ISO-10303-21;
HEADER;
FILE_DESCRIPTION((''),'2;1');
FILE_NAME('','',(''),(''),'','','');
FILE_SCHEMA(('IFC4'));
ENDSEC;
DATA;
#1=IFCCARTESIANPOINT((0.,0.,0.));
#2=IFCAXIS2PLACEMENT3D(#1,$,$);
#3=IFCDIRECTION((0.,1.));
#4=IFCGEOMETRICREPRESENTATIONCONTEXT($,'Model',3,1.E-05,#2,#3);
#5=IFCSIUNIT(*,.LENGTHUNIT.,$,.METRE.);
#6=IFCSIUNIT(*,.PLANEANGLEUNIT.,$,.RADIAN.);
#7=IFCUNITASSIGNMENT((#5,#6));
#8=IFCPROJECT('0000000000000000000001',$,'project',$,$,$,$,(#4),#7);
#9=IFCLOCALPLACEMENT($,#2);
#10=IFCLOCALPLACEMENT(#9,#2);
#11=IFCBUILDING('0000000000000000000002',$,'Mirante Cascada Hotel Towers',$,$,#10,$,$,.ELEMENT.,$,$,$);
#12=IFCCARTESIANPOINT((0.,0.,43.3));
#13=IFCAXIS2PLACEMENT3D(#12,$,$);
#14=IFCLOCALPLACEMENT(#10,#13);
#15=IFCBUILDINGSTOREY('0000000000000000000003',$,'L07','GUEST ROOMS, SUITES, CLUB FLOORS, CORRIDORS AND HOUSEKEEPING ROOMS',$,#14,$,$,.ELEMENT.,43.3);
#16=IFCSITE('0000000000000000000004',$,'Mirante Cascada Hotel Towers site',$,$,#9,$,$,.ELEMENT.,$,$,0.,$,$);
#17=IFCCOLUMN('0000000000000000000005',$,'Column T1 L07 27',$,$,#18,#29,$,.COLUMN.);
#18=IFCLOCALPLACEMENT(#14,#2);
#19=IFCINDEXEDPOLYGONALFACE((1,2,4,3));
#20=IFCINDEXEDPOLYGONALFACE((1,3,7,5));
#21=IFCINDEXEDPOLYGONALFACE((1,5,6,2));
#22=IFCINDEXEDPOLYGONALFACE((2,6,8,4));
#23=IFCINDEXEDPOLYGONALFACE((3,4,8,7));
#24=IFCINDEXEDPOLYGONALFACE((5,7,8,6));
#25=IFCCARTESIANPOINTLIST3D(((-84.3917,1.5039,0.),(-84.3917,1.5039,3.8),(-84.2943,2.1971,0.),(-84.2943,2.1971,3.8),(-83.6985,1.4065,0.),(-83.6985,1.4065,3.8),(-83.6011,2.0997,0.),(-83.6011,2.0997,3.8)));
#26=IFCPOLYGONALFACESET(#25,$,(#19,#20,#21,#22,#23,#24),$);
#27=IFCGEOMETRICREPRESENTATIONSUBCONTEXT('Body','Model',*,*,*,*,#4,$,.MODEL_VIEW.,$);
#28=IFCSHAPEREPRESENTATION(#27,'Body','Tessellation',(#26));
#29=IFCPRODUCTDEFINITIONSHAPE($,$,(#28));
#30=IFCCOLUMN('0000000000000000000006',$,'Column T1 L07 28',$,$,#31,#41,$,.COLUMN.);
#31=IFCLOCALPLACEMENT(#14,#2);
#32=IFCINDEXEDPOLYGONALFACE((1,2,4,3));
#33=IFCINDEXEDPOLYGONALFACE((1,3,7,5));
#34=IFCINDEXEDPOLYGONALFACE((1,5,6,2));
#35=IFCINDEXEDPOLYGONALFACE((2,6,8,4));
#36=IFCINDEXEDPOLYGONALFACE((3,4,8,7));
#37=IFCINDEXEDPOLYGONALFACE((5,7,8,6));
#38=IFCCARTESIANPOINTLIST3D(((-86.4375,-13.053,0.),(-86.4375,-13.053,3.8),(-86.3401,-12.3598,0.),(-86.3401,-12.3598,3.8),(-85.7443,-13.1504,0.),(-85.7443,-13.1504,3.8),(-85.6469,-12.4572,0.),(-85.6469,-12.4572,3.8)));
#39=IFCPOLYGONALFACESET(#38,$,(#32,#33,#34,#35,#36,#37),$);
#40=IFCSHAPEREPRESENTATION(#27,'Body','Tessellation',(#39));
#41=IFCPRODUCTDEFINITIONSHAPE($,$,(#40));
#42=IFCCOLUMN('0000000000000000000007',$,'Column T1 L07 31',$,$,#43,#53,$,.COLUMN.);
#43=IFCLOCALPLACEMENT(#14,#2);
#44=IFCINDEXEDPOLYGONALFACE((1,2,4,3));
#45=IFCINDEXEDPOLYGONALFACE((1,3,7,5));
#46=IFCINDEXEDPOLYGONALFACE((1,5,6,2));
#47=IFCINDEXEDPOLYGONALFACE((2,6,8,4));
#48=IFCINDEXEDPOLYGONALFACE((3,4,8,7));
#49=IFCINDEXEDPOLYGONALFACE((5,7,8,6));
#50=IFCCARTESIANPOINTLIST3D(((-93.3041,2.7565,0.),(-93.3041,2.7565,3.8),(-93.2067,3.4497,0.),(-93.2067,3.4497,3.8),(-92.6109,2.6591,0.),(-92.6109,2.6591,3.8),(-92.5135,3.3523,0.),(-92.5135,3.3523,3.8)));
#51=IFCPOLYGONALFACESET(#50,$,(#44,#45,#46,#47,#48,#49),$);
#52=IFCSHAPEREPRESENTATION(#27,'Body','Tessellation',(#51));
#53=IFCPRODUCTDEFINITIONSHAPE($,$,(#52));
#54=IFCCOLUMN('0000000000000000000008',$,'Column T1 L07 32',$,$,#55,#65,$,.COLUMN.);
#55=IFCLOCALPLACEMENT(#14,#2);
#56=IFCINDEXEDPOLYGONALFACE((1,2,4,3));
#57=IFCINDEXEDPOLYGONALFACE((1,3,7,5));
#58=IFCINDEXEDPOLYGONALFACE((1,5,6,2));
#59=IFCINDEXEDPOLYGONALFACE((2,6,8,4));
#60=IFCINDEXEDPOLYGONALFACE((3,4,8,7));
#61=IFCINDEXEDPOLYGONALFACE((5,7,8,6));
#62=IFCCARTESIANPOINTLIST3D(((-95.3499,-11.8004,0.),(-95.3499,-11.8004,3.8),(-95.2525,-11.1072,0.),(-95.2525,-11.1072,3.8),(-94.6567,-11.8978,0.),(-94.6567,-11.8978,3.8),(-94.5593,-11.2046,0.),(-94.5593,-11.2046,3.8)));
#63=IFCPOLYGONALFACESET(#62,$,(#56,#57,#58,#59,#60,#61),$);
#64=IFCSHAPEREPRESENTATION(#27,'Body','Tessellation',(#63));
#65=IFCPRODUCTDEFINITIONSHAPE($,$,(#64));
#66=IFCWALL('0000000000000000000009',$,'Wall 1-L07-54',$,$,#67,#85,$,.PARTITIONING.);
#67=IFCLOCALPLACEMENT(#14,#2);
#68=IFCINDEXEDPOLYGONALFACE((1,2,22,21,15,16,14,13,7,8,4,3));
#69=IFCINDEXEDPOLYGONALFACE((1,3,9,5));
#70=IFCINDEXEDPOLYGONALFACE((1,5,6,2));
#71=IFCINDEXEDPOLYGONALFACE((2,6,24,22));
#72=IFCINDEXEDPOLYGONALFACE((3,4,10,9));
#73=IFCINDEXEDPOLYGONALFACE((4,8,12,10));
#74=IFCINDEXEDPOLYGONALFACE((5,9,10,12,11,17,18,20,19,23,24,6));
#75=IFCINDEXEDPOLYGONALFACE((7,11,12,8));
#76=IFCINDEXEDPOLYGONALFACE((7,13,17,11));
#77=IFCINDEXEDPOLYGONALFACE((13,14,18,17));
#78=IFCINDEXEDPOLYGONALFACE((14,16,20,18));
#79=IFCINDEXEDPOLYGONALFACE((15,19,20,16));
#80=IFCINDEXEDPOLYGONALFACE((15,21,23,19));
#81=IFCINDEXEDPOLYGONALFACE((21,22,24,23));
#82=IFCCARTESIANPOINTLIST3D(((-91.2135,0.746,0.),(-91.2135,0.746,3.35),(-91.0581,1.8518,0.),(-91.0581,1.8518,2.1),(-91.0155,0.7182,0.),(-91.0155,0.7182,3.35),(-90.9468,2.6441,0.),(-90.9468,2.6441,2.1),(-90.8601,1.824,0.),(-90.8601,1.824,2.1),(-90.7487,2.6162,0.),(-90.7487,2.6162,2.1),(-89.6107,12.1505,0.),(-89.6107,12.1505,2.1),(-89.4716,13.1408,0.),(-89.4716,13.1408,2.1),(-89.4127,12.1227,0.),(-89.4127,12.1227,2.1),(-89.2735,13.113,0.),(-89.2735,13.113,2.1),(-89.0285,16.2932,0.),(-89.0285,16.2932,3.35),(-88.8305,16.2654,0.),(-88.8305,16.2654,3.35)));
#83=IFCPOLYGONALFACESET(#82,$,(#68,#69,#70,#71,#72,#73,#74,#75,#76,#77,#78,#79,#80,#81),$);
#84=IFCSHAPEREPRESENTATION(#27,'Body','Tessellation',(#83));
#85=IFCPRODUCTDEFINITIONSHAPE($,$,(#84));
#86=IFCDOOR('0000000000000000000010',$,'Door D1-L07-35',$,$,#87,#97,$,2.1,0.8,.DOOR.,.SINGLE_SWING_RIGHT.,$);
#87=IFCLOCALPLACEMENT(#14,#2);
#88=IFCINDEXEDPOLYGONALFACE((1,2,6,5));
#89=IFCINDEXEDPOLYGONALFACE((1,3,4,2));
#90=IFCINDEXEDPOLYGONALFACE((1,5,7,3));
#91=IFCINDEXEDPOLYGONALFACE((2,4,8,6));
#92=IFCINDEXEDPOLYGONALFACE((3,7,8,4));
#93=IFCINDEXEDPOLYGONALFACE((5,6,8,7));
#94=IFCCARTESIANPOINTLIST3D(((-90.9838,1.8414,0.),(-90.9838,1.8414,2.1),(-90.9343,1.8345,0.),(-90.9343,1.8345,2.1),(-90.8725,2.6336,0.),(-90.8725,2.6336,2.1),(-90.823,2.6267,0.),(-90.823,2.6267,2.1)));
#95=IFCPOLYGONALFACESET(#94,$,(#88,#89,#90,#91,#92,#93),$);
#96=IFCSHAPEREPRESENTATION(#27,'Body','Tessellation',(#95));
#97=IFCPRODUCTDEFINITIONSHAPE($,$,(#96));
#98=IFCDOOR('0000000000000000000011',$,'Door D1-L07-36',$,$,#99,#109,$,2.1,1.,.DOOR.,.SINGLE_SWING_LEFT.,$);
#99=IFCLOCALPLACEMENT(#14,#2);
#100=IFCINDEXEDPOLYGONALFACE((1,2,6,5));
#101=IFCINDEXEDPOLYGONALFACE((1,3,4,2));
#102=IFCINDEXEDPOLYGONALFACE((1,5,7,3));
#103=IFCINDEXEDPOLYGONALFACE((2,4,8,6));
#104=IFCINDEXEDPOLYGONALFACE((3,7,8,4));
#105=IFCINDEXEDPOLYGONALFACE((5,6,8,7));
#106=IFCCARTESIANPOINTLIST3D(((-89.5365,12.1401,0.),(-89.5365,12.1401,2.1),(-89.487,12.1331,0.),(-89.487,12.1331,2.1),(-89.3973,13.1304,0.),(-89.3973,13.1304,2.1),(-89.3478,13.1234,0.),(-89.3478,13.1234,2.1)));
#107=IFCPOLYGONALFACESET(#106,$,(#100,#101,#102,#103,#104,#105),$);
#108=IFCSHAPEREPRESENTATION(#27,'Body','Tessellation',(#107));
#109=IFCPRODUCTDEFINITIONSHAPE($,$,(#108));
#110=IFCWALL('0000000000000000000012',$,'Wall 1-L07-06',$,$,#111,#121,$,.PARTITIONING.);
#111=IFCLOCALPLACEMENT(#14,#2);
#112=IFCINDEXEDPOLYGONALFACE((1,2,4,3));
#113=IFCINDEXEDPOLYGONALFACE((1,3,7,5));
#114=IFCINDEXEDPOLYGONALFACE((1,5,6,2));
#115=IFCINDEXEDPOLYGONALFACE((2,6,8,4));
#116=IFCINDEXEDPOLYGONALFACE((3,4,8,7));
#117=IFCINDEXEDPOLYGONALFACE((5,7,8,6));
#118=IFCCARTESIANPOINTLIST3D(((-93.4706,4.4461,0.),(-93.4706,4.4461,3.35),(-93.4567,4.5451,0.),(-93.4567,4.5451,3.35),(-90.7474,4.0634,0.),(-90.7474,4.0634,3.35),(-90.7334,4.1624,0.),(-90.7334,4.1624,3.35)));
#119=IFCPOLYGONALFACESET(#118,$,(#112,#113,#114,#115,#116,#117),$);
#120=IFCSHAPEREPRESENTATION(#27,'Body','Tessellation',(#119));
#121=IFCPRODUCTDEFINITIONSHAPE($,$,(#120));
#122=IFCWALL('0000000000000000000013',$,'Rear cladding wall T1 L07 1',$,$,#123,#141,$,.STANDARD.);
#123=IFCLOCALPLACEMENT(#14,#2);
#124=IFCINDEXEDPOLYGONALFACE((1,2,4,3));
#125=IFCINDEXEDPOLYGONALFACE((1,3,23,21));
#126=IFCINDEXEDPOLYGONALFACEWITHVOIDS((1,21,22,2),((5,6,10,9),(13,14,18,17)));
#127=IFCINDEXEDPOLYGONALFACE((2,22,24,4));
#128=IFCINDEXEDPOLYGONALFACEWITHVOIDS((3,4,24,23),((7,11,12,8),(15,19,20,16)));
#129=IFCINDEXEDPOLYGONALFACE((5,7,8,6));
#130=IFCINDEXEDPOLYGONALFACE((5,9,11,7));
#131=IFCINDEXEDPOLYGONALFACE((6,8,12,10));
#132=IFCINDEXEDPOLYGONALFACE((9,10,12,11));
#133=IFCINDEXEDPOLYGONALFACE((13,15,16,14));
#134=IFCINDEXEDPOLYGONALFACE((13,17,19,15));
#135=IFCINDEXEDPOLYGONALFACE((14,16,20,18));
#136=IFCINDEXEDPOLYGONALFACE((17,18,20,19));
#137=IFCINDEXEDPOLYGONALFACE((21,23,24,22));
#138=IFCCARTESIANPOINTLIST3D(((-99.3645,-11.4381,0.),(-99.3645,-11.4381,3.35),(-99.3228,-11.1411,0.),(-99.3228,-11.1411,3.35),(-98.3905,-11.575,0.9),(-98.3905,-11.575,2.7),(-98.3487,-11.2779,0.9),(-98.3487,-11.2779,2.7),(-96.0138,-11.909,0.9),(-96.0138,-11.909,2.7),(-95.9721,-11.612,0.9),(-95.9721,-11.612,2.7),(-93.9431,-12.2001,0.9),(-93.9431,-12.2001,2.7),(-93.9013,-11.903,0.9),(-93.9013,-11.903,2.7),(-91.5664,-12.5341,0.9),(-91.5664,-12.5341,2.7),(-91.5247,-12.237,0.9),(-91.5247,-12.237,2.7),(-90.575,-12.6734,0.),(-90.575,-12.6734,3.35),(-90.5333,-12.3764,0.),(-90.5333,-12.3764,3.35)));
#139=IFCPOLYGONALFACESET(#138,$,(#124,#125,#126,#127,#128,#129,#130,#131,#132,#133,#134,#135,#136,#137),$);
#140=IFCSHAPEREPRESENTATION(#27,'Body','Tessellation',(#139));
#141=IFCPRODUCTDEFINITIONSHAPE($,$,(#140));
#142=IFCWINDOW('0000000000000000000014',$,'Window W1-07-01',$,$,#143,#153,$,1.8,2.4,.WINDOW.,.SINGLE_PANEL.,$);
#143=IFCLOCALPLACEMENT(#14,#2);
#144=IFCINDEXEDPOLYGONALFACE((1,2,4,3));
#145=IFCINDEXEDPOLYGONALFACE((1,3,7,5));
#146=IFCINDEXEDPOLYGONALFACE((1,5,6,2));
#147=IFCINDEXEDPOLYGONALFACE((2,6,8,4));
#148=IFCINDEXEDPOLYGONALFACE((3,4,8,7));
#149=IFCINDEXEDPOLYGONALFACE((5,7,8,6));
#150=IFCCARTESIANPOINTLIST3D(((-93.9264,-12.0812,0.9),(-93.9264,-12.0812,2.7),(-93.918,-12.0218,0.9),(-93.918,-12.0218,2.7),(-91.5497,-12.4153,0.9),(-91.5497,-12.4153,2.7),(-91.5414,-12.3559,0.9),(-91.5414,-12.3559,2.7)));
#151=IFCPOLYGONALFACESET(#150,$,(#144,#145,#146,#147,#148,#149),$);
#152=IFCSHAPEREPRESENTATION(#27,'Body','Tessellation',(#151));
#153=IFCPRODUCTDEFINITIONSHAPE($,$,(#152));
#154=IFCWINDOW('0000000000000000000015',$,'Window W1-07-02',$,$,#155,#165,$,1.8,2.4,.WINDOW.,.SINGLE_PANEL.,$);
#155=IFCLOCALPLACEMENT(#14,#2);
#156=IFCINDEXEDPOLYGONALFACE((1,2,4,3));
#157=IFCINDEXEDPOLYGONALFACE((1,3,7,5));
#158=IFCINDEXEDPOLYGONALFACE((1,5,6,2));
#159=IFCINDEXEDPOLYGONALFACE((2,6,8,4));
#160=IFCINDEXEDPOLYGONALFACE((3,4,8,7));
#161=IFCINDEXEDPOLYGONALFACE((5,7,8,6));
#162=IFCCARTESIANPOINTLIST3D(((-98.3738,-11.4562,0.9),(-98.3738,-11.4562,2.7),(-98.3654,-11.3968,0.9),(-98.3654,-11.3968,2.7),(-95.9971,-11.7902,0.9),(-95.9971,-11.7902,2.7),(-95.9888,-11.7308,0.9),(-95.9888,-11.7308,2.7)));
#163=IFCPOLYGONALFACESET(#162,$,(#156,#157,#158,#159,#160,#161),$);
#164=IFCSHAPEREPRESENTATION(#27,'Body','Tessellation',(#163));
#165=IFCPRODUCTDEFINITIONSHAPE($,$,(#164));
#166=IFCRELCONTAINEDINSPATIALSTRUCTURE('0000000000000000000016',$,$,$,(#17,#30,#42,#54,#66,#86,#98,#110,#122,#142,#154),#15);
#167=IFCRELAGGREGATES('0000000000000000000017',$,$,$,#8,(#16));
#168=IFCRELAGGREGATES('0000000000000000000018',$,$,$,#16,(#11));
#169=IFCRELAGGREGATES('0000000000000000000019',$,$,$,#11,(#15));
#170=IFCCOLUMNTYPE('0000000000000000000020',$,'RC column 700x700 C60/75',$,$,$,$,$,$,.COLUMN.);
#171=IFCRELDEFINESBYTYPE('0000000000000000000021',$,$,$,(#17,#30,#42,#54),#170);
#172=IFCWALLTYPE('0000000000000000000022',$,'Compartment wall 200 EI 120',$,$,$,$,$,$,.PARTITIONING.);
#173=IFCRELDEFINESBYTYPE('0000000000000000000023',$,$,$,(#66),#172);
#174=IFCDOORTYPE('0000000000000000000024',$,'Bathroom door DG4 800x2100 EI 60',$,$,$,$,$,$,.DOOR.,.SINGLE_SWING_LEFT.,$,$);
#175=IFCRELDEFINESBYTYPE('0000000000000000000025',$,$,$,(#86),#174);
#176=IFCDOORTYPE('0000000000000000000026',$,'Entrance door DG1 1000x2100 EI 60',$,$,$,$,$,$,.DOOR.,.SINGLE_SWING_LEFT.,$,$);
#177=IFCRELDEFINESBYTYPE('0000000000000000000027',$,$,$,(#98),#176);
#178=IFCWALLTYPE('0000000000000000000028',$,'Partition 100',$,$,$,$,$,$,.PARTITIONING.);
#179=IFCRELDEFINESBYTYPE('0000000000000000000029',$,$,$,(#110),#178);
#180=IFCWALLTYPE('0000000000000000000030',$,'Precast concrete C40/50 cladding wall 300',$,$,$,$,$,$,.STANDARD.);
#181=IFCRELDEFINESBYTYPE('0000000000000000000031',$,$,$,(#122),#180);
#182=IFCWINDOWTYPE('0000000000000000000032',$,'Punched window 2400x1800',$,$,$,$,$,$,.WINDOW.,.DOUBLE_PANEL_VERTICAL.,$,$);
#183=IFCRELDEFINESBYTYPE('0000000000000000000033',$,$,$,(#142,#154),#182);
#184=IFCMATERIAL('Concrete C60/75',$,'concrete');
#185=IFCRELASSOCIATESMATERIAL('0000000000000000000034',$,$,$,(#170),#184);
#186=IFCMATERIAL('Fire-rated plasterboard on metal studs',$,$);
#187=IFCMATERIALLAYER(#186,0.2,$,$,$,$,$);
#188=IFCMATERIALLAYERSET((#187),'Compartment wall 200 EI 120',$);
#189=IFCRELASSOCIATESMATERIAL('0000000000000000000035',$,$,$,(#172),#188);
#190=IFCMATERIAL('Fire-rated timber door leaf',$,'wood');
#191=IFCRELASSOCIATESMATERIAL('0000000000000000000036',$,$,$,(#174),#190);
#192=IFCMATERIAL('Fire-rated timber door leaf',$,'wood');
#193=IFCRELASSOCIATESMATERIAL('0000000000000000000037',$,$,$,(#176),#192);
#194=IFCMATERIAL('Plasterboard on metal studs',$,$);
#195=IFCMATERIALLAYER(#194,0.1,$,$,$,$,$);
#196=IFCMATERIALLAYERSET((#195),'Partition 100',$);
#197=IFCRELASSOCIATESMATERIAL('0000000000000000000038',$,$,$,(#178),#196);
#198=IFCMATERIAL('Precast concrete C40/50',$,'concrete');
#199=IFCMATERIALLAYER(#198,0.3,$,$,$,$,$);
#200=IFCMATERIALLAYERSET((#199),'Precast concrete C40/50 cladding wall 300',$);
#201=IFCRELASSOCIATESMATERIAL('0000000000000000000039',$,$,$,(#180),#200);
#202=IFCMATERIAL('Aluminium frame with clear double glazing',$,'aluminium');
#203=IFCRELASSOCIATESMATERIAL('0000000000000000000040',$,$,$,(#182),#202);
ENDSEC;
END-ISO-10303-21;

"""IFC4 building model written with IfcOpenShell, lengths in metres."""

from ifc_helpers import new_model, si_unit, direction, frame, frame_2d, origin, origin_2d, place, context, subcontext, project, spatial, rectangle, extrude, material, layer, layer_set, material_profile, profile_set, type_object, element, fill, save


model = new_model("IFC4")

# Units and contexts
model_context = context("Model", 3, precision=1e-05, world=origin(), true_north=direction((0.0, 1.0)))
body_context = subcontext(model_context, "Body", "Model", "MODEL_VIEW")
ifc_project = project(units=[si_unit("LENGTHUNIT", "METRE"), si_unit("PLANEANGLEUNIT", "RADIAN")], contexts=[model_context])

# Site, building, storey
site_placement = place(None, origin())
site = spatial("IfcSite", under=ifc_project, at=site_placement, Name="Mirante Cascada Hotel Towers site", CompositionType="ELEMENT", RefElevation=0.0)
building_placement = place(site_placement, origin())
building = spatial("IfcBuilding", under=site, at=building_placement, Name="Mirante Cascada Hotel Towers", CompositionType="ELEMENT")
storey_placement = place(building_placement, frame((0.0, 0.0, 43.3)))
storey = spatial("IfcBuildingStorey", under=building, at=storey_placement, Name="L07", Description="GUEST ROOMS, SUITES, CLUB FLOORS, CORRIDORS AND HOUSEKEEPING ROOMS", CompositionType="ELEMENT", Elevation=43.3)

# Columns
ifc_material_1 = material(Name="Concrete C60/75", Category="concrete")
ifc_material_profile = material_profile(ifc_material_1, rectangle(XDim=0.7, YDim=0.7, at=origin_2d()), Name="RC column 700x700 C60/75")
ifc_profile_set = profile_set([ifc_material_profile], Name="Concrete C60/75")
column_type = type_object("IfcColumnType", Name="RC column 700x700 C60/75", PredefinedType="COLUMN", material=ifc_profile_set)
for number, where, z_axis, x_axis, name in (
    (1, (-83.9964, 1.8018, 0.0), (0.0, 0.0, 1.0), (-0.990268, 0.139173, 0.0), "Column T1 L07 27"),
    (2, (-86.0422, -12.7551, 0.0), (0.0, 0.0, 1.0), (-0.990268, 0.139173, 0.0), "Column T1 L07 28"),
    (3, (-92.9088, 3.0544, 0.0), (0.0, 0.0, 1.0), (-0.990268, 0.139173, 0.0), "Column T1 L07 31"),
    (4, (-94.9546, -11.5025, 0.0), (0.0, 0.0, 1.0), (-0.990268, 0.139173, 0.0), "Column T1 L07 32"),
):
    element("IfcColumn", number, at=place(storey_placement, frame(where, z_axis=z_axis, x_axis=x_axis)), inside=storey, type_object=column_type, Name=name, PredefinedType="COLUMN", context=body_context, shape_type="SweptSolid", body=[
        extrude(rectangle(XDim=0.7, YDim=0.7, at=origin_2d()), origin(), (0.0, 0.0, 1.0), 3.8),
    ])

# Wall, openings, doors
ifc_material_2 = material(Name="Fire-rated plasterboard on metal studs")
ifc_layer_1 = layer(ifc_material_2, 0.2)
ifc_layer_set_1 = layer_set([ifc_layer_1], Name="Compartment wall 200 EI 120")
wall_type_1 = type_object("IfcWallType", Name="Compartment wall 200 EI 120", PredefinedType="PARTITIONING", material=ifc_layer_set_1)
wall_1_placement = place(storey_placement, frame((-91.1145, 0.7321, 0.0), z_axis=(0.0, 0.0, 1.0), x_axis=(0.139172, 0.990268, 0.0)))
wall_1 = element("IfcWall", 5, at=wall_1_placement, inside=storey, type_object=wall_type_1, Name="Wall 1-L07-54", PredefinedType="PARTITIONING", context=body_context, shape_type="SweptSolid", body=[
    extrude(rectangle(XDim=15.7, YDim=0.2, at=frame_2d((7.85, 0.0))), origin(), (0.0, 0.0, 1.0), 3.35),
])
opening_1_placement = place(wall_1_placement, frame((1.1167, 0.0, 0.0)))
opening_1 = element("IfcOpeningElement", 6, at=opening_1_placement, cuts=wall_1, PredefinedType="OPENING", context=body_context, shape_type="SweptSolid", body=[
    extrude(rectangle(XDim=0.8, YDim=2.1, at=frame_2d((0.4, 1.05))), frame((0.0, 0.1, 0.0), z_axis=(0.0, -1.0, 0.0), x_axis=(1.0, 0.0, 0.0)), (0.0, 0.0, 1.0), 0.2),
])
opening_2_placement = place(wall_1_placement, frame((11.5166, 0.0, 0.0)))
opening_2 = element("IfcOpeningElement", 7, at=opening_2_placement, cuts=wall_1, PredefinedType="OPENING", context=body_context, shape_type="SweptSolid", body=[
    extrude(rectangle(XDim=1.0, YDim=2.1, at=frame_2d((0.5, 1.05))), frame((0.0, 0.1, 0.0), z_axis=(0.0, -1.0, 0.0), x_axis=(1.0, 0.0, 0.0)), (0.0, 0.0, 1.0), 0.2),
])
ifc_material_3 = material(Name="Fire-rated timber door leaf", Category="wood")
door_type_1 = type_object("IfcDoorType", Name="Bathroom door DG4 800x2100 EI 60", OperationType="SINGLE_SWING_LEFT", PredefinedType="DOOR", material=ifc_material_3)
door_1_placement = place(opening_1_placement, frame((0.8, 0.0, 0.0), z_axis=(0.0, 0.0, 1.0), x_axis=(-1.0, 0.0, 0.0)))
door_1 = element("IfcDoor", 8, at=door_1_placement, inside=storey, type_object=door_type_1, Name="Door D1-L07-35", OperationType="SINGLE_SWING_RIGHT", OverallHeight=2.1, OverallWidth=0.8, PredefinedType="DOOR", context=body_context, shape_type="SweptSolid", body=[
    extrude(rectangle(XDim=0.8, YDim=2.1, at=frame_2d((0.4, 1.05))), frame((0.0, 0.025, 0.0), z_axis=(0.0, -1.0, 0.0), x_axis=(1.0, 0.0, 0.0)), (0.0, 0.0, 1.0), 0.05),
])
fill(opening_1, door_1)
ifc_material_4 = material(Name="Fire-rated timber door leaf", Category="wood")
door_type_2 = type_object("IfcDoorType", Name="Entrance door DG1 1000x2100 EI 60", OperationType="SINGLE_SWING_LEFT", PredefinedType="DOOR", material=ifc_material_4)
door_2_placement = place(opening_2_placement, origin())
door_2 = element("IfcDoor", 9, at=door_2_placement, inside=storey, type_object=door_type_2, Name="Door D1-L07-36", OperationType="SINGLE_SWING_LEFT", OverallHeight=2.1, OverallWidth=1.0, PredefinedType="DOOR", context=body_context, shape_type="SweptSolid", body=[
    extrude(rectangle(XDim=1.0, YDim=2.1, at=frame_2d((0.5, 1.05))), frame((0.0, 0.025, 0.0), z_axis=(0.0, -1.0, 0.0), x_axis=(1.0, 0.0, 0.0)), (0.0, 0.0, 1.0), 0.05),
])
fill(opening_2, door_2)

# Wall
ifc_material_5 = material(Name="Plasterboard on metal studs")
ifc_layer_2 = layer(ifc_material_5, 0.1)
ifc_layer_set_2 = layer_set([ifc_layer_2], Name="Partition 100")
wall_type_2 = type_object("IfcWallType", Name="Partition 100", PredefinedType="PARTITIONING", material=ifc_layer_set_2)
wall_2_placement = place(storey_placement, frame((-90.7404, 4.1129, 0.0), z_axis=(0.0, 0.0, 1.0), x_axis=(-0.990269, 0.139166, 0.0)))
element("IfcWall", 10, at=wall_2_placement, inside=storey, type_object=wall_type_2, Name="Wall 1-L07-06", PredefinedType="PARTITIONING", context=body_context, shape_type="SweptSolid", body=[
    extrude(rectangle(XDim=2.75, YDim=0.1, at=frame_2d((1.375, 0.0))), origin(), (0.0, 0.0, 1.0), 3.35),
])

# Wall, openings, windows
ifc_material_6 = material(Name="Precast concrete C40/50", Category="concrete")
ifc_layer_3 = layer(ifc_material_6, 0.3)
ifc_layer_set_3 = layer_set([ifc_layer_3], Name="Precast concrete C40/50 cladding wall 300")
wall_type_3 = type_object("IfcWallType", Name="Precast concrete C40/50 cladding wall 300", PredefinedType="STANDARD", material=ifc_layer_set_3)
wall_3_placement = place(storey_placement, frame((-90.5541, -12.5249, 0.0), z_axis=(0.0, 0.0, 1.0), x_axis=(-0.990268, 0.139175, 0.0)))
wall_3 = element("IfcWall", 11, at=wall_3_placement, inside=storey, type_object=wall_type_3, Name="Rear cladding wall T1 L07 1", PredefinedType="STANDARD", context=body_context, shape_type="SweptSolid", body=[
    extrude(rectangle(XDim=8.8759, YDim=0.3, at=frame_2d((4.438, 0.0))), origin(), (0.0, 0.0, 1.0), 3.35),
])
opening_3_placement = place(wall_3_placement, frame((1.0012, 0.0, 0.9)))
opening_3 = element("IfcOpeningElement", 12, at=opening_3_placement, cuts=wall_3, PredefinedType="OPENING", context=body_context, shape_type="SweptSolid", body=[
    extrude(rectangle(XDim=2.4, YDim=1.8, at=frame_2d((1.2, 0.9))), frame((0.0, 0.15, 0.0), z_axis=(0.0, -1.0, 0.0), x_axis=(1.0, 0.0, 0.0)), (0.0, 0.0, 1.0), 0.3),
])
opening_4_placement = place(wall_3_placement, frame((5.4923, 0.0, 0.9)))
opening_4 = element("IfcOpeningElement", 13, at=opening_4_placement, cuts=wall_3, PredefinedType="OPENING", context=body_context, shape_type="SweptSolid", body=[
    extrude(rectangle(XDim=2.4, YDim=1.8, at=frame_2d((1.2, 0.9))), frame((0.0, 0.15, 0.0), z_axis=(0.0, -1.0, 0.0), x_axis=(1.0, 0.0, 0.0)), (0.0, 0.0, 1.0), 0.3),
])
ifc_material_7 = material(Name="Aluminium frame with clear double glazing", Category="aluminium")
window_type = type_object("IfcWindowType", Name="Punched window 2400x1800", PartitioningType="DOUBLE_PANEL_VERTICAL", PredefinedType="WINDOW", material=ifc_material_7)
window_1_placement = place(opening_3_placement, origin())
window_1 = element("IfcWindow", 14, at=window_1_placement, inside=storey, type_object=window_type, Name="Window W1-07-01", OverallHeight=1.8, OverallWidth=2.4, PartitioningType="SINGLE_PANEL", PredefinedType="WINDOW", context=body_context, shape_type="SweptSolid", body=[
    extrude(rectangle(XDim=2.4, YDim=1.8, at=frame_2d((1.2, 0.9))), frame((0.0, 0.03, 0.0), z_axis=(0.0, -1.0, 0.0), x_axis=(1.0, 0.0, 0.0)), (0.0, 0.0, 1.0), 0.06),
])
fill(opening_3, window_1)
window_2_placement = place(opening_4_placement, origin())
window_2 = element("IfcWindow", 15, at=window_2_placement, inside=storey, type_object=window_type, Name="Window W1-07-02", OverallHeight=1.8, OverallWidth=2.4, PartitioningType="SINGLE_PANEL", PredefinedType="WINDOW", context=body_context, shape_type="SweptSolid", body=[
    extrude(rectangle(XDim=2.4, YDim=1.8, at=frame_2d((1.2, 0.9))), frame((0.0, 0.03, 0.0), z_axis=(0.0, -1.0, 0.0), x_axis=(1.0, 0.0, 0.0)), (0.0, 0.0, 1.0), 0.06),
])
fill(opening_4, window_2)

save(model, "model.ifc")
